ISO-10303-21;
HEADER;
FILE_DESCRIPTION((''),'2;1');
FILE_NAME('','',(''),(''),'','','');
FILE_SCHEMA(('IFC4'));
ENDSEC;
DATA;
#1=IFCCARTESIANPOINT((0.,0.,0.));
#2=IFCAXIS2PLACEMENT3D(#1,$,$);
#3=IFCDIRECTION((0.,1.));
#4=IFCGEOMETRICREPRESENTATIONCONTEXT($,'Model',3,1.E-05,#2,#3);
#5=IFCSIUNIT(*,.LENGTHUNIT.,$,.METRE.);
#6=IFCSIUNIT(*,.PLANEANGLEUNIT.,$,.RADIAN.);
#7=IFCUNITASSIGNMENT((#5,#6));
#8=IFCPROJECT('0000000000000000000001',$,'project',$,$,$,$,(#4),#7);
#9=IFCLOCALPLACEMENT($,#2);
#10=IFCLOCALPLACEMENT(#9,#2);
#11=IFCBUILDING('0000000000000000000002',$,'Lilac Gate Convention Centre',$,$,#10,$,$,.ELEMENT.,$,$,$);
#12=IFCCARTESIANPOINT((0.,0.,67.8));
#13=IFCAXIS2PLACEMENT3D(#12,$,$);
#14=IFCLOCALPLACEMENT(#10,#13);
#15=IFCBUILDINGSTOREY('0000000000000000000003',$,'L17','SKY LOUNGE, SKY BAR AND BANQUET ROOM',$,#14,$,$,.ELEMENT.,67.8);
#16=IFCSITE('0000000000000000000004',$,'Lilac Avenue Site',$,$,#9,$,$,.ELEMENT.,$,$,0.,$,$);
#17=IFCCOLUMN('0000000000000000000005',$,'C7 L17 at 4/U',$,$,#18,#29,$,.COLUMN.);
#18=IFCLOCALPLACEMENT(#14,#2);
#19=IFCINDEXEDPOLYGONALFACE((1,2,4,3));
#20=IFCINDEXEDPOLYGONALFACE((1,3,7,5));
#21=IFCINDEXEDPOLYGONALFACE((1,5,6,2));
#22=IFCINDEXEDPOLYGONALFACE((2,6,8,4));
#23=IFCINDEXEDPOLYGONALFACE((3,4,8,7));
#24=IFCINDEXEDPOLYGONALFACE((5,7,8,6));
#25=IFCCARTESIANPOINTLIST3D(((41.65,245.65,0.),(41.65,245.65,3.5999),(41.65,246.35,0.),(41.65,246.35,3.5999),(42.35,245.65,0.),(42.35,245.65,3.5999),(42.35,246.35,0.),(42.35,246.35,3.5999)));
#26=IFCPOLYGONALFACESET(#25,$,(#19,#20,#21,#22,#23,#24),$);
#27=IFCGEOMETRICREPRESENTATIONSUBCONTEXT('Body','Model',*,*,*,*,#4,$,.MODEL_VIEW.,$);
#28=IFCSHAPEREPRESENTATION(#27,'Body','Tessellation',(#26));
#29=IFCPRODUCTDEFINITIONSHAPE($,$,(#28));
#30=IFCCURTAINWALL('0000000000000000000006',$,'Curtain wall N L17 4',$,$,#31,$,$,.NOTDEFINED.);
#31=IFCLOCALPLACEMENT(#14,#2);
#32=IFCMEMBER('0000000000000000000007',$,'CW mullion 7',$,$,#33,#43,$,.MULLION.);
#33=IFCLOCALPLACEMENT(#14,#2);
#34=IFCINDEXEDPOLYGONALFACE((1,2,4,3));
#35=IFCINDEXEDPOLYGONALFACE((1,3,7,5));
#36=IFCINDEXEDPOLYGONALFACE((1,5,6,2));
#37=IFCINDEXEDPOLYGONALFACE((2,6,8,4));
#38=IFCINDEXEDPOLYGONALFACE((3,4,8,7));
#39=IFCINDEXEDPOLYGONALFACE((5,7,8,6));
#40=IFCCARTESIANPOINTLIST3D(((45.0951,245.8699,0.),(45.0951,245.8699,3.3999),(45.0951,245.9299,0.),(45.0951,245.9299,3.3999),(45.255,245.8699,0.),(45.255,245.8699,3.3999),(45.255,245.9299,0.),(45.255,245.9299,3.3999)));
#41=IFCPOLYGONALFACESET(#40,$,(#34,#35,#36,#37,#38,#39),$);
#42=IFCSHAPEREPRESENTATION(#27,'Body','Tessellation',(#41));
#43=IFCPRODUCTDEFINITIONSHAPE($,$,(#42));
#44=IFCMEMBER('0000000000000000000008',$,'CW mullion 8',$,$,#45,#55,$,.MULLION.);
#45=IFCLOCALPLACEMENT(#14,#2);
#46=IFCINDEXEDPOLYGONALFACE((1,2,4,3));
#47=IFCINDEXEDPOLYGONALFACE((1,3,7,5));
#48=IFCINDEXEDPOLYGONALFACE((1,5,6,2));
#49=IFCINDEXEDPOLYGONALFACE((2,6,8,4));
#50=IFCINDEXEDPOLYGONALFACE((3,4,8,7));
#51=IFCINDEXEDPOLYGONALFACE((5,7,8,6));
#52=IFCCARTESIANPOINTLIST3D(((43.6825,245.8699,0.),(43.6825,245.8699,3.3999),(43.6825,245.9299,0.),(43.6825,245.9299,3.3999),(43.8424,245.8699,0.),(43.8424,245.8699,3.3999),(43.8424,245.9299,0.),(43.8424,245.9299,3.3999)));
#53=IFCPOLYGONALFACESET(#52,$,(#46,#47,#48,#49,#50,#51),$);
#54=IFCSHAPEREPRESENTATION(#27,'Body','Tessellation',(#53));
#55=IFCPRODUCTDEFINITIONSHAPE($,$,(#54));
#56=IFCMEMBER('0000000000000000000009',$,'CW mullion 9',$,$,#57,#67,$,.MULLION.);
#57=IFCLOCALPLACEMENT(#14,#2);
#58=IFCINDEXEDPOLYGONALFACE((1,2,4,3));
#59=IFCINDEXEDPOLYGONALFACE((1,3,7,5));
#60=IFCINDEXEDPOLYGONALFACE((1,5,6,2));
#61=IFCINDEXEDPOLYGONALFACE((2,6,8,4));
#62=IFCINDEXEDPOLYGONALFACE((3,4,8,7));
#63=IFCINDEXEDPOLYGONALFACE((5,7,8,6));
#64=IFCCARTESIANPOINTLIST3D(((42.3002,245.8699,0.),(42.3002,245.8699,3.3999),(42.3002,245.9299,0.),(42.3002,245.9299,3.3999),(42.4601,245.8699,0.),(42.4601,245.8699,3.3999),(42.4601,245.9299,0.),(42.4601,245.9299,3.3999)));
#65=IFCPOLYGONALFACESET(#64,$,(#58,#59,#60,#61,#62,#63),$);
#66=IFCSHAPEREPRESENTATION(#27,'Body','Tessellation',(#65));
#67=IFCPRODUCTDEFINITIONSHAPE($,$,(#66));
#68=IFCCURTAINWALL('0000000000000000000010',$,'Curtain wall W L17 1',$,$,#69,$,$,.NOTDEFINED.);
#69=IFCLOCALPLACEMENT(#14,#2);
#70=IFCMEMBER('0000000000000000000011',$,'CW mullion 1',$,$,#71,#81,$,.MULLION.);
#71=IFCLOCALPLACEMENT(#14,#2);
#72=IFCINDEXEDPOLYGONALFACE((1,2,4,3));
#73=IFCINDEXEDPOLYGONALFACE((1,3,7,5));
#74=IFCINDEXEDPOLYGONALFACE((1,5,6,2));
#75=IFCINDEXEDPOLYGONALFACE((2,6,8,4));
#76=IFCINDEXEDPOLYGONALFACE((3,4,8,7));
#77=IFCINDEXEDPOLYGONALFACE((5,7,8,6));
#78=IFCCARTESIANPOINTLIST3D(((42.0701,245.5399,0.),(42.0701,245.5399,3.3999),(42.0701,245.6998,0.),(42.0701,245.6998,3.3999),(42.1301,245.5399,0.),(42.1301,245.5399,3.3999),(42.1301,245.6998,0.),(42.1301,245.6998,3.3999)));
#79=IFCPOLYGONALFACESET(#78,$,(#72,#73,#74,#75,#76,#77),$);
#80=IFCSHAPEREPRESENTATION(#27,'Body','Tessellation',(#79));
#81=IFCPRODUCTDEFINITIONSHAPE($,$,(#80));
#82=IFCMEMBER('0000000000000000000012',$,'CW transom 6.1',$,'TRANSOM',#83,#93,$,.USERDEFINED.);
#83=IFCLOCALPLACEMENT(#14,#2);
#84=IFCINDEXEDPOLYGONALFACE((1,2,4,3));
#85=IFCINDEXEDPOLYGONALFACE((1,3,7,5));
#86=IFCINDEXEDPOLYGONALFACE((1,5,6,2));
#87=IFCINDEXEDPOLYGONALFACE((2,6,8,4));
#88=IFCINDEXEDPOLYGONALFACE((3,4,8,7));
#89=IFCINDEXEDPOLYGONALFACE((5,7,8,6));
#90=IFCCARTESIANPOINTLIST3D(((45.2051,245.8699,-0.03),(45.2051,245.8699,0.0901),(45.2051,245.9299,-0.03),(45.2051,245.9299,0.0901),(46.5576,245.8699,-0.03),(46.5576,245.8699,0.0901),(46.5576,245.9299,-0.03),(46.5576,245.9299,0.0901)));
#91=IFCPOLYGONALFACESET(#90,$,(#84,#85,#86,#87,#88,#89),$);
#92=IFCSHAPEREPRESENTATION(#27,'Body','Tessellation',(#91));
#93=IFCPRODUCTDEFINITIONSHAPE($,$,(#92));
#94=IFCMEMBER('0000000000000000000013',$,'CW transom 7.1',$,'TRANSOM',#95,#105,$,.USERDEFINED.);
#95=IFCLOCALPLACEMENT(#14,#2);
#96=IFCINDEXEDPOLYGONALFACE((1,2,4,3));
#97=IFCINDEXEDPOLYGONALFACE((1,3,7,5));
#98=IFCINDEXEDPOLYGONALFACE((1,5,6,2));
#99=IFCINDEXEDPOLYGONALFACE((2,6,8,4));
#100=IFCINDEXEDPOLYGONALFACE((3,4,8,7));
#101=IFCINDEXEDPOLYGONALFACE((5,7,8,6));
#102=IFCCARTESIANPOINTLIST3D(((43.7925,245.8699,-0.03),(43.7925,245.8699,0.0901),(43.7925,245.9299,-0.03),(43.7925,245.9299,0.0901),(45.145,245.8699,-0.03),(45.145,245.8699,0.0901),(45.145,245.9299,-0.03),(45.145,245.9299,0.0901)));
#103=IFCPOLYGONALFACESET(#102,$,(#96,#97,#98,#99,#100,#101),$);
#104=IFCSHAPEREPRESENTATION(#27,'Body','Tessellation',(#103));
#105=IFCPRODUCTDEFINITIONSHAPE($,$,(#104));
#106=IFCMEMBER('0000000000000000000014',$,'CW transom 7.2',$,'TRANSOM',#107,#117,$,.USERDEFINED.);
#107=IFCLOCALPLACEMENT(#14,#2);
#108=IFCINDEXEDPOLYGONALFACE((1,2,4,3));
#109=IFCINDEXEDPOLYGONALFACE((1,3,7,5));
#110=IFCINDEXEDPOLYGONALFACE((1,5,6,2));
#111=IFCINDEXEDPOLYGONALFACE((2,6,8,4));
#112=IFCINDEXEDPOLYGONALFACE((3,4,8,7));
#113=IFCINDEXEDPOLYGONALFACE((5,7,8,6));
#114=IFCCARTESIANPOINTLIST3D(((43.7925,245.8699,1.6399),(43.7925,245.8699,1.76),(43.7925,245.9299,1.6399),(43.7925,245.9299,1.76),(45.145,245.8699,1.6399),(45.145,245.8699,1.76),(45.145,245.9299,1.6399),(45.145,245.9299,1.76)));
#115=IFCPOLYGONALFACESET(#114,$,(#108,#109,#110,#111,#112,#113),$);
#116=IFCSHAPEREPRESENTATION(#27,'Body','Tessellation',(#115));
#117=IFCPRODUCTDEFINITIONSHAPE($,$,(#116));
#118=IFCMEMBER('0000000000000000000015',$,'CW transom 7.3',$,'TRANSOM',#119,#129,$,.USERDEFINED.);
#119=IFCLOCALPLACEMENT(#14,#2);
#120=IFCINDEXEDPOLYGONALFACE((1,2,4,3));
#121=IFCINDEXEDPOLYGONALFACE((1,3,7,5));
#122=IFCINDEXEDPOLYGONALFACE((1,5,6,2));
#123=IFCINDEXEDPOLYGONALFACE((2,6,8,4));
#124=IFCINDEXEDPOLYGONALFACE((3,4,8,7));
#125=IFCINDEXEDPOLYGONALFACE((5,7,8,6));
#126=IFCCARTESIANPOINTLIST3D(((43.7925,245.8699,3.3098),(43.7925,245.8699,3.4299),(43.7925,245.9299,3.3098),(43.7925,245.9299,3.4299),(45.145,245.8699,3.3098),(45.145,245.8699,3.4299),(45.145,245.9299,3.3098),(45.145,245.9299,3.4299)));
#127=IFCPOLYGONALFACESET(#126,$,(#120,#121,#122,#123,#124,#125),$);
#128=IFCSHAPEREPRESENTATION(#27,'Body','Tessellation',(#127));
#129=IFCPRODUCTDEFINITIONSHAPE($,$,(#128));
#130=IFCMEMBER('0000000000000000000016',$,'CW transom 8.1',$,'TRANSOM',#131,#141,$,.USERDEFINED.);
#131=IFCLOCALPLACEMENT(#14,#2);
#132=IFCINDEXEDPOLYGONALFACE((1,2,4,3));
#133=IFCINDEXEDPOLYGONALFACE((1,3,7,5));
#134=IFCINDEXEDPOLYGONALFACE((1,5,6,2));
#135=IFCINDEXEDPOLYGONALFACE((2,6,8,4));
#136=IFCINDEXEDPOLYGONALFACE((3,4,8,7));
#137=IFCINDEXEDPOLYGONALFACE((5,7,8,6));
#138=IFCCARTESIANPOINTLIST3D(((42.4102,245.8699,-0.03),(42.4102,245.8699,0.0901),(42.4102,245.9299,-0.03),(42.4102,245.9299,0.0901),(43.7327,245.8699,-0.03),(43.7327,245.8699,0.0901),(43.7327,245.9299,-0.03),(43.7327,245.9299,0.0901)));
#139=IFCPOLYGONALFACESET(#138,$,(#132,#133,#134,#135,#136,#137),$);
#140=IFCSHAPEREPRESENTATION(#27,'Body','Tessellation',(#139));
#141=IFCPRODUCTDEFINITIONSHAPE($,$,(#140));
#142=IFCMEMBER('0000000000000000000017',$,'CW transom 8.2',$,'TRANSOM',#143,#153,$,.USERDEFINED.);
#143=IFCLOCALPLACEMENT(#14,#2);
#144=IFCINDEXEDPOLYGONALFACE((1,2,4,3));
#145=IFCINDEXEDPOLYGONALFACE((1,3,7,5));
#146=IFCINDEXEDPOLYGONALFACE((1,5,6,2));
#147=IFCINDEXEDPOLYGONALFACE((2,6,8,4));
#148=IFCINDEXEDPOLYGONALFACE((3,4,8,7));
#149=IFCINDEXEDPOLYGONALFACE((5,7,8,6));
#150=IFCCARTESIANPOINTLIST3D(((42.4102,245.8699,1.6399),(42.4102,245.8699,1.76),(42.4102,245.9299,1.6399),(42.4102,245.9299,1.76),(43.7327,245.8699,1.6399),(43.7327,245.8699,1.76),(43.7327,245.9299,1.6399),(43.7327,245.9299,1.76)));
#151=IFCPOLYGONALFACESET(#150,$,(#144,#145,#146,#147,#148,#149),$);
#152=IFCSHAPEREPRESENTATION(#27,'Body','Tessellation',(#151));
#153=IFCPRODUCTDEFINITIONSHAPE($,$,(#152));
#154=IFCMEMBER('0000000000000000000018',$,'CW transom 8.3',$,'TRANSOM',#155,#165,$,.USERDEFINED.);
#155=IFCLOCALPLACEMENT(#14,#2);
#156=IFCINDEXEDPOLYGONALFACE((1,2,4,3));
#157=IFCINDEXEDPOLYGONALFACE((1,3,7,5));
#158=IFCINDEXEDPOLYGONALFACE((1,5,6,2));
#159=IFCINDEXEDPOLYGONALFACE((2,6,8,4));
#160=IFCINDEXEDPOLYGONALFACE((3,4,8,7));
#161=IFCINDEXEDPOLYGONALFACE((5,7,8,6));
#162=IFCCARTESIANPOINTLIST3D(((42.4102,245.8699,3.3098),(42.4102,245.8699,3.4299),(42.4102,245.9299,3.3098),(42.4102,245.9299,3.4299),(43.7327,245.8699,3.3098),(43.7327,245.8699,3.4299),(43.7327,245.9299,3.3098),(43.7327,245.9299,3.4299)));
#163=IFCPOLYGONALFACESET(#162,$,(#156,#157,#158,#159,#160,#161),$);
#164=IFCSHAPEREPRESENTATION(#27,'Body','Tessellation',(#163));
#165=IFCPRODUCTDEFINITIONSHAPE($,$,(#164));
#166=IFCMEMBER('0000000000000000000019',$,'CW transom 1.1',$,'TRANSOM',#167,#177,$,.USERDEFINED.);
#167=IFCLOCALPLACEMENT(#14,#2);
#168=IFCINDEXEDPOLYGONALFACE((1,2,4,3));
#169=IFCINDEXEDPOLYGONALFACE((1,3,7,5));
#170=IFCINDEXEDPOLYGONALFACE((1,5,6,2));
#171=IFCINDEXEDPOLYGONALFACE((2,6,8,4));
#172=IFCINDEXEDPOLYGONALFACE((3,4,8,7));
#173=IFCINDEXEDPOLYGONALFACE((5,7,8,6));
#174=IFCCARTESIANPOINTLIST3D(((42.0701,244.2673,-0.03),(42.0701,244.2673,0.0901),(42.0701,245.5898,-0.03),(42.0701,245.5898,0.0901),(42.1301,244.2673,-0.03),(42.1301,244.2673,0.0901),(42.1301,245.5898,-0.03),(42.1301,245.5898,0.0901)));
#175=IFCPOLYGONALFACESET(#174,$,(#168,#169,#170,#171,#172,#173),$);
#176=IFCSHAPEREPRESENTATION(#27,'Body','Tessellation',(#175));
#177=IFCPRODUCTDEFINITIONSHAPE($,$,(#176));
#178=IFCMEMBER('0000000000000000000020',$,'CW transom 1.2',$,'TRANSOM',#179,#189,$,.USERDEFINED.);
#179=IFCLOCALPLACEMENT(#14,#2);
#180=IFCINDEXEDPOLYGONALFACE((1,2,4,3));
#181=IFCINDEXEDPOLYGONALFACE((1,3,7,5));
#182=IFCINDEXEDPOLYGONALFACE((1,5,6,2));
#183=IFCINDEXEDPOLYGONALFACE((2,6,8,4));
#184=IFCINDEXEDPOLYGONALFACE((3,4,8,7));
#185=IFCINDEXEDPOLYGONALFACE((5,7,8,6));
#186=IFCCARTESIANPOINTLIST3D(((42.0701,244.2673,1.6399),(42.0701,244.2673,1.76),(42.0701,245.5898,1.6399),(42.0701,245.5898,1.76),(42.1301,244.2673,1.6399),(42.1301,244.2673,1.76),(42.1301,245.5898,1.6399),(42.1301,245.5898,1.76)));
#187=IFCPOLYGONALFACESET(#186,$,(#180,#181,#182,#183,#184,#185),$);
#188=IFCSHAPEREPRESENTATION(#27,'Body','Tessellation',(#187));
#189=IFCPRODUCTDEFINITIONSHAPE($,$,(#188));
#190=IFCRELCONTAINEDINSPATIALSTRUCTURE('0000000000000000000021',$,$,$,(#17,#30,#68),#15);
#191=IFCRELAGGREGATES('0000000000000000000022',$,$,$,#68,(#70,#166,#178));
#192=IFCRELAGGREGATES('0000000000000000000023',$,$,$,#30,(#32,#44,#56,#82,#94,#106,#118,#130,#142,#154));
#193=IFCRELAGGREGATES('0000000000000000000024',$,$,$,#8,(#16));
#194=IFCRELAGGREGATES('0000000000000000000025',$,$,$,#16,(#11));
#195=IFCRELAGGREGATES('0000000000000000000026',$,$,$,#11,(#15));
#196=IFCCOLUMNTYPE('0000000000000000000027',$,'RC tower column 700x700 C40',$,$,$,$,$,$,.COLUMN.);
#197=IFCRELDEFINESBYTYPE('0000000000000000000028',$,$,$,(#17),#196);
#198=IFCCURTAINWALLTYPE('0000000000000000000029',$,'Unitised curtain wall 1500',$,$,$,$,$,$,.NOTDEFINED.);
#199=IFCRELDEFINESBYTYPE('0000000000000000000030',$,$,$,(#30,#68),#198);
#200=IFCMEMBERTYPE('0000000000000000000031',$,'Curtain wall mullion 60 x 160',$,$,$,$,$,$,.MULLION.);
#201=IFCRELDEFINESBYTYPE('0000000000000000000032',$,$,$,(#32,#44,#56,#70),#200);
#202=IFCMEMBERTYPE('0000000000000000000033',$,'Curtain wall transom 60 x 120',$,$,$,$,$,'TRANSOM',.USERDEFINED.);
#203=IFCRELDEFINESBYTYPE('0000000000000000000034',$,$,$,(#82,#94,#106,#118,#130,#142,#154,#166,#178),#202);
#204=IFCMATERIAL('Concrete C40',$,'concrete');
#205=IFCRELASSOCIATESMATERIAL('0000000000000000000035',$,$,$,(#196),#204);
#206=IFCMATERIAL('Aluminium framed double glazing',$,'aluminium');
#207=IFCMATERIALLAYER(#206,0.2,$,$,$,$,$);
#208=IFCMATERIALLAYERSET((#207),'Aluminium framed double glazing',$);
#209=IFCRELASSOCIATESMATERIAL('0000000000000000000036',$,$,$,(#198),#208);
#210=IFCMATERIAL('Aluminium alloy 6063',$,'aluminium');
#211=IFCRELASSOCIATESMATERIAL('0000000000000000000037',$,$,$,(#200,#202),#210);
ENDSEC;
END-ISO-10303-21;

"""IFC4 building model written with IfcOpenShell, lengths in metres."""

from ifc_helpers import new_model, si_unit, direction, frame, origin, origin_2d, place, context, subcontext, project, spatial, rectangle, extrude, material, layer, layer_set, material_profile, profile_set, type_object, element, aggregate, save


model = new_model("IFC4")

# Units and contexts
model_context = context("Model", 3, precision=1e-05, world=origin(), true_north=direction((0.0, 1.0)))
body_context = subcontext(model_context, "Body", "Model", "MODEL_VIEW")
ifc_project = project(units=[si_unit("LENGTHUNIT", "METRE"), si_unit("PLANEANGLEUNIT", "RADIAN")], contexts=[model_context])

# Site, building, storey
site_placement = place(None, origin())
site = spatial("IfcSite", under=ifc_project, at=site_placement, Name="Lilac Avenue Site", CompositionType="ELEMENT", RefElevation=0.0)
building_placement = place(site_placement, origin())
building = spatial("IfcBuilding", under=site, at=building_placement, Name="Lilac Gate Convention Centre", CompositionType="ELEMENT")
storey_placement = place(building_placement, frame((0.0, 0.0, 67.8)))
storey = spatial("IfcBuildingStorey", under=building, at=storey_placement, Name="L17", Description="SKY LOUNGE, SKY BAR AND BANQUET ROOM", CompositionType="ELEMENT", Elevation=67.8)

# Column
ifc_material_1 = material(Name="Concrete C40", Category="concrete")
ifc_material_profile_1 = material_profile(ifc_material_1, rectangle(XDim=0.7, YDim=0.7, at=origin_2d()), Name="RC 700x700")
ifc_profile_set_1 = profile_set([ifc_material_profile_1], Name="Concrete C40")
column_type = type_object("IfcColumnType", Name="RC tower column 700x700 C40", PredefinedType="COLUMN", material=ifc_profile_set_1)
column_placement = place(storey_placement, frame((42.0, 246.0, 0.0), z_axis=(0.0, 0.0, 1.0), x_axis=(1.0, 0.0, 0.0)))
element("IfcColumn", 1, at=column_placement, inside=storey, type_object=column_type, Name="C7 L17 at 4/U", PredefinedType="COLUMN", context=body_context, shape_type="SweptSolid", body=[
    extrude(rectangle(XDim=0.7, YDim=0.7, at=origin_2d()), origin(), (0.0, 0.0, 1.0), 3.5999),
])

# Curtain wall, members
ifc_material_2 = material(Name="Aluminium framed double glazing", Category="aluminium")
ifc_layer_1 = layer(ifc_material_2, 0.2)
ifc_layer_set_1 = layer_set([ifc_layer_1], Name="Aluminium framed double glazing")
curtain_wall_type = type_object("IfcCurtainWallType", Name="Unitised curtain wall 1500", PredefinedType="NOTDEFINED", material=ifc_layer_set_1)
curtain_wall_1_placement = place(storey_placement, origin())
curtain_wall_1 = element("IfcCurtainWall", 2, at=curtain_wall_1_placement, inside=storey, type_object=curtain_wall_type, Name="Curtain wall N L17 4", PredefinedType="NOTDEFINED")
ifc_material_3 = material(Name="Aluminium alloy 6063", Category="aluminium")
ifc_material_profile_2 = material_profile(ifc_material_3, rectangle(XDim=0.0601, YDim=0.1599, at=origin_2d()), Name="Curtain wall mullion 60 x 160")
ifc_profile_set_2 = profile_set([ifc_material_profile_2], Name="Aluminium alloy 6063")
member_type_1 = type_object("IfcMemberType", Name="Curtain wall mullion 60 x 160", PredefinedType="MULLION", material=ifc_profile_set_2)
member_1_placement = place(storey_placement, frame((45.175, 245.8999, 0.0), z_axis=(0.0, 0.0, 1.0), x_axis=(0.0, -1.0, 0.0)))
member_1 = element("IfcMember", 3, at=member_1_placement, type_object=member_type_1, Name="CW mullion 7", PredefinedType="MULLION", context=body_context, shape_type="SweptSolid", body=[
    extrude(rectangle(XDim=0.0601, YDim=0.1599, at=origin_2d()), origin(), (0.0, 0.0, 1.0), 3.3999),
])
member_2_placement = place(storey_placement, frame((43.7625, 245.8999, 0.0), z_axis=(0.0, 0.0, 1.0), x_axis=(0.0, -1.0, 0.0)))
member_2 = element("IfcMember", 4, at=member_2_placement, type_object=member_type_1, Name="CW mullion 8", PredefinedType="MULLION", context=body_context, shape_type="SweptSolid", body=[
    extrude(rectangle(XDim=0.0601, YDim=0.1599, at=origin_2d()), origin(), (0.0, 0.0, 1.0), 3.3999),
])
member_3_placement = place(storey_placement, frame((42.3801, 245.8999, 0.0), z_axis=(0.0, 0.0, 1.0), x_axis=(0.0, -1.0, 0.0)))
member_3 = element("IfcMember", 5, at=member_3_placement, type_object=member_type_1, Name="CW mullion 9", PredefinedType="MULLION", context=body_context, shape_type="SweptSolid", body=[
    extrude(rectangle(XDim=0.0601, YDim=0.1599, at=origin_2d()), origin(), (0.0, 0.0, 1.0), 3.3999),
])

# Curtain wall, member
curtain_wall_2_placement = place(storey_placement, origin())
curtain_wall_2 = element("IfcCurtainWall", 6, at=curtain_wall_2_placement, inside=storey, type_object=curtain_wall_type, Name="Curtain wall W L17 1", PredefinedType="NOTDEFINED")
member_4_placement = place(storey_placement, frame((42.1001, 245.6199, 0.0), z_axis=(0.0, 0.0, 1.0), x_axis=(1.0, 0.0, 0.0)))
member_4 = element("IfcMember", 7, at=member_4_placement, type_object=member_type_1, Name="CW mullion 1", PredefinedType="MULLION", context=body_context, shape_type="SweptSolid", body=[
    extrude(rectangle(XDim=0.0601, YDim=0.1599, at=origin_2d()), origin(), (0.0, 0.0, 1.0), 3.3999),
])

# Members
ifc_material_profile_3 = material_profile(ifc_material_3, rectangle(XDim=0.0601, YDim=0.1201, at=origin_2d()), Name="Curtain wall transom 60 x 120")
ifc_profile_set_3 = profile_set([ifc_material_profile_3], Name="Aluminium alloy 6063")
member_type_2 = type_object("IfcMemberType", Name="Curtain wall transom 60 x 120", ElementType="TRANSOM", PredefinedType="USERDEFINED", material=ifc_profile_set_3)
member_5_placement = place(storey_placement, frame((46.5576, 245.8999, 0.03), z_axis=(-1.0, 0.0, 0.0), x_axis=(0.0, -1.0, 0.0)))
member_5 = element("IfcMember", 8, at=member_5_placement, type_object=member_type_2, Name="CW transom 6.1", ObjectType="TRANSOM", PredefinedType="USERDEFINED", context=body_context, shape_type="SweptSolid", body=[
    extrude(rectangle(XDim=0.0601, YDim=0.1201, at=origin_2d()), origin(), (0.0, 0.0, 1.0), 1.3525),
])
member_6_placement = place(storey_placement, frame((45.145, 245.8999, 0.03), z_axis=(-1.0, 0.0, 0.0), x_axis=(0.0, -1.0, 0.0)))
member_6 = element("IfcMember", 9, at=member_6_placement, type_object=member_type_2, Name="CW transom 7.1", ObjectType="TRANSOM", PredefinedType="USERDEFINED", context=body_context, shape_type="SweptSolid", body=[
    extrude(rectangle(XDim=0.0601, YDim=0.1201, at=origin_2d()), origin(), (0.0, 0.0, 1.0), 1.3525),
])
member_7_placement = place(storey_placement, frame((45.145, 245.8999, 1.7), z_axis=(-1.0, 0.0, 0.0), x_axis=(0.0, -1.0, 0.0)))
member_7 = element("IfcMember", 10, at=member_7_placement, type_object=member_type_2, Name="CW transom 7.2", ObjectType="TRANSOM", PredefinedType="USERDEFINED", context=body_context, shape_type="SweptSolid", body=[
    extrude(rectangle(XDim=0.0601, YDim=0.1201, at=origin_2d()), origin(), (0.0, 0.0, 1.0), 1.3525),
])
member_8_placement = place(storey_placement, frame((45.145, 245.8999, 3.3699), z_axis=(-1.0, 0.0, 0.0), x_axis=(0.0, -1.0, 0.0)))
member_8 = element("IfcMember", 11, at=member_8_placement, type_object=member_type_2, Name="CW transom 7.3", ObjectType="TRANSOM", PredefinedType="USERDEFINED", context=body_context, shape_type="SweptSolid", body=[
    extrude(rectangle(XDim=0.0601, YDim=0.1201, at=origin_2d()), origin(), (0.0, 0.0, 1.0), 1.3525),
])
member_9_placement = place(storey_placement, frame((43.7327, 245.8999, 0.03), z_axis=(-1.0, 0.0, 0.0), x_axis=(0.0, -1.0, 0.0)))
member_9 = element("IfcMember", 12, at=member_9_placement, type_object=member_type_2, Name="CW transom 8.1", ObjectType="TRANSOM", PredefinedType="USERDEFINED", context=body_context, shape_type="SweptSolid", body=[
    extrude(rectangle(XDim=0.0601, YDim=0.1201, at=origin_2d()), origin(), (0.0, 0.0, 1.0), 1.3225),
])
member_10_placement = place(storey_placement, frame((43.7327, 245.8999, 1.7), z_axis=(-1.0, 0.0, 0.0), x_axis=(0.0, -1.0, 0.0)))
member_10 = element("IfcMember", 13, at=member_10_placement, type_object=member_type_2, Name="CW transom 8.2", ObjectType="TRANSOM", PredefinedType="USERDEFINED", context=body_context, shape_type="SweptSolid", body=[
    extrude(rectangle(XDim=0.0601, YDim=0.1201, at=origin_2d()), origin(), (0.0, 0.0, 1.0), 1.3225),
])
member_11_placement = place(storey_placement, frame((43.7327, 245.8999, 3.3699), z_axis=(-1.0, 0.0, 0.0), x_axis=(0.0, -1.0, 0.0)))
member_11 = element("IfcMember", 14, at=member_11_placement, type_object=member_type_2, Name="CW transom 8.3", ObjectType="TRANSOM", PredefinedType="USERDEFINED", context=body_context, shape_type="SweptSolid", body=[
    extrude(rectangle(XDim=0.0601, YDim=0.1201, at=origin_2d()), origin(), (0.0, 0.0, 1.0), 1.3225),
])
member_12_placement = place(storey_placement, frame((42.1001, 245.5898, 0.03), z_axis=(0.0, -1.0, 0.0), x_axis=(1.0, 0.0, 0.0)))
member_12 = element("IfcMember", 15, at=member_12_placement, type_object=member_type_2, Name="CW transom 1.1", ObjectType="TRANSOM", PredefinedType="USERDEFINED", context=body_context, shape_type="SweptSolid", body=[
    extrude(rectangle(XDim=0.0601, YDim=0.1201, at=origin_2d()), origin(), (0.0, 0.0, 1.0), 1.3225),
])
member_13_placement = place(storey_placement, frame((42.1001, 245.5898, 1.7), z_axis=(0.0, -1.0, 0.0), x_axis=(1.0, 0.0, 0.0)))
member_13 = element("IfcMember", 16, at=member_13_placement, type_object=member_type_2, Name="CW transom 1.2", ObjectType="TRANSOM", PredefinedType="USERDEFINED", context=body_context, shape_type="SweptSolid", body=[
    extrude(rectangle(XDim=0.0601, YDim=0.1201, at=origin_2d()), origin(), (0.0, 0.0, 1.0), 1.3225),
])
aggregate(curtain_wall_2, [member_4, member_12, member_13])

aggregate(curtain_wall_1, [member_1, member_2, member_3, member_5, member_6, member_7, member_8, member_9, member_10, member_11])

save(model, "model.ifc")
